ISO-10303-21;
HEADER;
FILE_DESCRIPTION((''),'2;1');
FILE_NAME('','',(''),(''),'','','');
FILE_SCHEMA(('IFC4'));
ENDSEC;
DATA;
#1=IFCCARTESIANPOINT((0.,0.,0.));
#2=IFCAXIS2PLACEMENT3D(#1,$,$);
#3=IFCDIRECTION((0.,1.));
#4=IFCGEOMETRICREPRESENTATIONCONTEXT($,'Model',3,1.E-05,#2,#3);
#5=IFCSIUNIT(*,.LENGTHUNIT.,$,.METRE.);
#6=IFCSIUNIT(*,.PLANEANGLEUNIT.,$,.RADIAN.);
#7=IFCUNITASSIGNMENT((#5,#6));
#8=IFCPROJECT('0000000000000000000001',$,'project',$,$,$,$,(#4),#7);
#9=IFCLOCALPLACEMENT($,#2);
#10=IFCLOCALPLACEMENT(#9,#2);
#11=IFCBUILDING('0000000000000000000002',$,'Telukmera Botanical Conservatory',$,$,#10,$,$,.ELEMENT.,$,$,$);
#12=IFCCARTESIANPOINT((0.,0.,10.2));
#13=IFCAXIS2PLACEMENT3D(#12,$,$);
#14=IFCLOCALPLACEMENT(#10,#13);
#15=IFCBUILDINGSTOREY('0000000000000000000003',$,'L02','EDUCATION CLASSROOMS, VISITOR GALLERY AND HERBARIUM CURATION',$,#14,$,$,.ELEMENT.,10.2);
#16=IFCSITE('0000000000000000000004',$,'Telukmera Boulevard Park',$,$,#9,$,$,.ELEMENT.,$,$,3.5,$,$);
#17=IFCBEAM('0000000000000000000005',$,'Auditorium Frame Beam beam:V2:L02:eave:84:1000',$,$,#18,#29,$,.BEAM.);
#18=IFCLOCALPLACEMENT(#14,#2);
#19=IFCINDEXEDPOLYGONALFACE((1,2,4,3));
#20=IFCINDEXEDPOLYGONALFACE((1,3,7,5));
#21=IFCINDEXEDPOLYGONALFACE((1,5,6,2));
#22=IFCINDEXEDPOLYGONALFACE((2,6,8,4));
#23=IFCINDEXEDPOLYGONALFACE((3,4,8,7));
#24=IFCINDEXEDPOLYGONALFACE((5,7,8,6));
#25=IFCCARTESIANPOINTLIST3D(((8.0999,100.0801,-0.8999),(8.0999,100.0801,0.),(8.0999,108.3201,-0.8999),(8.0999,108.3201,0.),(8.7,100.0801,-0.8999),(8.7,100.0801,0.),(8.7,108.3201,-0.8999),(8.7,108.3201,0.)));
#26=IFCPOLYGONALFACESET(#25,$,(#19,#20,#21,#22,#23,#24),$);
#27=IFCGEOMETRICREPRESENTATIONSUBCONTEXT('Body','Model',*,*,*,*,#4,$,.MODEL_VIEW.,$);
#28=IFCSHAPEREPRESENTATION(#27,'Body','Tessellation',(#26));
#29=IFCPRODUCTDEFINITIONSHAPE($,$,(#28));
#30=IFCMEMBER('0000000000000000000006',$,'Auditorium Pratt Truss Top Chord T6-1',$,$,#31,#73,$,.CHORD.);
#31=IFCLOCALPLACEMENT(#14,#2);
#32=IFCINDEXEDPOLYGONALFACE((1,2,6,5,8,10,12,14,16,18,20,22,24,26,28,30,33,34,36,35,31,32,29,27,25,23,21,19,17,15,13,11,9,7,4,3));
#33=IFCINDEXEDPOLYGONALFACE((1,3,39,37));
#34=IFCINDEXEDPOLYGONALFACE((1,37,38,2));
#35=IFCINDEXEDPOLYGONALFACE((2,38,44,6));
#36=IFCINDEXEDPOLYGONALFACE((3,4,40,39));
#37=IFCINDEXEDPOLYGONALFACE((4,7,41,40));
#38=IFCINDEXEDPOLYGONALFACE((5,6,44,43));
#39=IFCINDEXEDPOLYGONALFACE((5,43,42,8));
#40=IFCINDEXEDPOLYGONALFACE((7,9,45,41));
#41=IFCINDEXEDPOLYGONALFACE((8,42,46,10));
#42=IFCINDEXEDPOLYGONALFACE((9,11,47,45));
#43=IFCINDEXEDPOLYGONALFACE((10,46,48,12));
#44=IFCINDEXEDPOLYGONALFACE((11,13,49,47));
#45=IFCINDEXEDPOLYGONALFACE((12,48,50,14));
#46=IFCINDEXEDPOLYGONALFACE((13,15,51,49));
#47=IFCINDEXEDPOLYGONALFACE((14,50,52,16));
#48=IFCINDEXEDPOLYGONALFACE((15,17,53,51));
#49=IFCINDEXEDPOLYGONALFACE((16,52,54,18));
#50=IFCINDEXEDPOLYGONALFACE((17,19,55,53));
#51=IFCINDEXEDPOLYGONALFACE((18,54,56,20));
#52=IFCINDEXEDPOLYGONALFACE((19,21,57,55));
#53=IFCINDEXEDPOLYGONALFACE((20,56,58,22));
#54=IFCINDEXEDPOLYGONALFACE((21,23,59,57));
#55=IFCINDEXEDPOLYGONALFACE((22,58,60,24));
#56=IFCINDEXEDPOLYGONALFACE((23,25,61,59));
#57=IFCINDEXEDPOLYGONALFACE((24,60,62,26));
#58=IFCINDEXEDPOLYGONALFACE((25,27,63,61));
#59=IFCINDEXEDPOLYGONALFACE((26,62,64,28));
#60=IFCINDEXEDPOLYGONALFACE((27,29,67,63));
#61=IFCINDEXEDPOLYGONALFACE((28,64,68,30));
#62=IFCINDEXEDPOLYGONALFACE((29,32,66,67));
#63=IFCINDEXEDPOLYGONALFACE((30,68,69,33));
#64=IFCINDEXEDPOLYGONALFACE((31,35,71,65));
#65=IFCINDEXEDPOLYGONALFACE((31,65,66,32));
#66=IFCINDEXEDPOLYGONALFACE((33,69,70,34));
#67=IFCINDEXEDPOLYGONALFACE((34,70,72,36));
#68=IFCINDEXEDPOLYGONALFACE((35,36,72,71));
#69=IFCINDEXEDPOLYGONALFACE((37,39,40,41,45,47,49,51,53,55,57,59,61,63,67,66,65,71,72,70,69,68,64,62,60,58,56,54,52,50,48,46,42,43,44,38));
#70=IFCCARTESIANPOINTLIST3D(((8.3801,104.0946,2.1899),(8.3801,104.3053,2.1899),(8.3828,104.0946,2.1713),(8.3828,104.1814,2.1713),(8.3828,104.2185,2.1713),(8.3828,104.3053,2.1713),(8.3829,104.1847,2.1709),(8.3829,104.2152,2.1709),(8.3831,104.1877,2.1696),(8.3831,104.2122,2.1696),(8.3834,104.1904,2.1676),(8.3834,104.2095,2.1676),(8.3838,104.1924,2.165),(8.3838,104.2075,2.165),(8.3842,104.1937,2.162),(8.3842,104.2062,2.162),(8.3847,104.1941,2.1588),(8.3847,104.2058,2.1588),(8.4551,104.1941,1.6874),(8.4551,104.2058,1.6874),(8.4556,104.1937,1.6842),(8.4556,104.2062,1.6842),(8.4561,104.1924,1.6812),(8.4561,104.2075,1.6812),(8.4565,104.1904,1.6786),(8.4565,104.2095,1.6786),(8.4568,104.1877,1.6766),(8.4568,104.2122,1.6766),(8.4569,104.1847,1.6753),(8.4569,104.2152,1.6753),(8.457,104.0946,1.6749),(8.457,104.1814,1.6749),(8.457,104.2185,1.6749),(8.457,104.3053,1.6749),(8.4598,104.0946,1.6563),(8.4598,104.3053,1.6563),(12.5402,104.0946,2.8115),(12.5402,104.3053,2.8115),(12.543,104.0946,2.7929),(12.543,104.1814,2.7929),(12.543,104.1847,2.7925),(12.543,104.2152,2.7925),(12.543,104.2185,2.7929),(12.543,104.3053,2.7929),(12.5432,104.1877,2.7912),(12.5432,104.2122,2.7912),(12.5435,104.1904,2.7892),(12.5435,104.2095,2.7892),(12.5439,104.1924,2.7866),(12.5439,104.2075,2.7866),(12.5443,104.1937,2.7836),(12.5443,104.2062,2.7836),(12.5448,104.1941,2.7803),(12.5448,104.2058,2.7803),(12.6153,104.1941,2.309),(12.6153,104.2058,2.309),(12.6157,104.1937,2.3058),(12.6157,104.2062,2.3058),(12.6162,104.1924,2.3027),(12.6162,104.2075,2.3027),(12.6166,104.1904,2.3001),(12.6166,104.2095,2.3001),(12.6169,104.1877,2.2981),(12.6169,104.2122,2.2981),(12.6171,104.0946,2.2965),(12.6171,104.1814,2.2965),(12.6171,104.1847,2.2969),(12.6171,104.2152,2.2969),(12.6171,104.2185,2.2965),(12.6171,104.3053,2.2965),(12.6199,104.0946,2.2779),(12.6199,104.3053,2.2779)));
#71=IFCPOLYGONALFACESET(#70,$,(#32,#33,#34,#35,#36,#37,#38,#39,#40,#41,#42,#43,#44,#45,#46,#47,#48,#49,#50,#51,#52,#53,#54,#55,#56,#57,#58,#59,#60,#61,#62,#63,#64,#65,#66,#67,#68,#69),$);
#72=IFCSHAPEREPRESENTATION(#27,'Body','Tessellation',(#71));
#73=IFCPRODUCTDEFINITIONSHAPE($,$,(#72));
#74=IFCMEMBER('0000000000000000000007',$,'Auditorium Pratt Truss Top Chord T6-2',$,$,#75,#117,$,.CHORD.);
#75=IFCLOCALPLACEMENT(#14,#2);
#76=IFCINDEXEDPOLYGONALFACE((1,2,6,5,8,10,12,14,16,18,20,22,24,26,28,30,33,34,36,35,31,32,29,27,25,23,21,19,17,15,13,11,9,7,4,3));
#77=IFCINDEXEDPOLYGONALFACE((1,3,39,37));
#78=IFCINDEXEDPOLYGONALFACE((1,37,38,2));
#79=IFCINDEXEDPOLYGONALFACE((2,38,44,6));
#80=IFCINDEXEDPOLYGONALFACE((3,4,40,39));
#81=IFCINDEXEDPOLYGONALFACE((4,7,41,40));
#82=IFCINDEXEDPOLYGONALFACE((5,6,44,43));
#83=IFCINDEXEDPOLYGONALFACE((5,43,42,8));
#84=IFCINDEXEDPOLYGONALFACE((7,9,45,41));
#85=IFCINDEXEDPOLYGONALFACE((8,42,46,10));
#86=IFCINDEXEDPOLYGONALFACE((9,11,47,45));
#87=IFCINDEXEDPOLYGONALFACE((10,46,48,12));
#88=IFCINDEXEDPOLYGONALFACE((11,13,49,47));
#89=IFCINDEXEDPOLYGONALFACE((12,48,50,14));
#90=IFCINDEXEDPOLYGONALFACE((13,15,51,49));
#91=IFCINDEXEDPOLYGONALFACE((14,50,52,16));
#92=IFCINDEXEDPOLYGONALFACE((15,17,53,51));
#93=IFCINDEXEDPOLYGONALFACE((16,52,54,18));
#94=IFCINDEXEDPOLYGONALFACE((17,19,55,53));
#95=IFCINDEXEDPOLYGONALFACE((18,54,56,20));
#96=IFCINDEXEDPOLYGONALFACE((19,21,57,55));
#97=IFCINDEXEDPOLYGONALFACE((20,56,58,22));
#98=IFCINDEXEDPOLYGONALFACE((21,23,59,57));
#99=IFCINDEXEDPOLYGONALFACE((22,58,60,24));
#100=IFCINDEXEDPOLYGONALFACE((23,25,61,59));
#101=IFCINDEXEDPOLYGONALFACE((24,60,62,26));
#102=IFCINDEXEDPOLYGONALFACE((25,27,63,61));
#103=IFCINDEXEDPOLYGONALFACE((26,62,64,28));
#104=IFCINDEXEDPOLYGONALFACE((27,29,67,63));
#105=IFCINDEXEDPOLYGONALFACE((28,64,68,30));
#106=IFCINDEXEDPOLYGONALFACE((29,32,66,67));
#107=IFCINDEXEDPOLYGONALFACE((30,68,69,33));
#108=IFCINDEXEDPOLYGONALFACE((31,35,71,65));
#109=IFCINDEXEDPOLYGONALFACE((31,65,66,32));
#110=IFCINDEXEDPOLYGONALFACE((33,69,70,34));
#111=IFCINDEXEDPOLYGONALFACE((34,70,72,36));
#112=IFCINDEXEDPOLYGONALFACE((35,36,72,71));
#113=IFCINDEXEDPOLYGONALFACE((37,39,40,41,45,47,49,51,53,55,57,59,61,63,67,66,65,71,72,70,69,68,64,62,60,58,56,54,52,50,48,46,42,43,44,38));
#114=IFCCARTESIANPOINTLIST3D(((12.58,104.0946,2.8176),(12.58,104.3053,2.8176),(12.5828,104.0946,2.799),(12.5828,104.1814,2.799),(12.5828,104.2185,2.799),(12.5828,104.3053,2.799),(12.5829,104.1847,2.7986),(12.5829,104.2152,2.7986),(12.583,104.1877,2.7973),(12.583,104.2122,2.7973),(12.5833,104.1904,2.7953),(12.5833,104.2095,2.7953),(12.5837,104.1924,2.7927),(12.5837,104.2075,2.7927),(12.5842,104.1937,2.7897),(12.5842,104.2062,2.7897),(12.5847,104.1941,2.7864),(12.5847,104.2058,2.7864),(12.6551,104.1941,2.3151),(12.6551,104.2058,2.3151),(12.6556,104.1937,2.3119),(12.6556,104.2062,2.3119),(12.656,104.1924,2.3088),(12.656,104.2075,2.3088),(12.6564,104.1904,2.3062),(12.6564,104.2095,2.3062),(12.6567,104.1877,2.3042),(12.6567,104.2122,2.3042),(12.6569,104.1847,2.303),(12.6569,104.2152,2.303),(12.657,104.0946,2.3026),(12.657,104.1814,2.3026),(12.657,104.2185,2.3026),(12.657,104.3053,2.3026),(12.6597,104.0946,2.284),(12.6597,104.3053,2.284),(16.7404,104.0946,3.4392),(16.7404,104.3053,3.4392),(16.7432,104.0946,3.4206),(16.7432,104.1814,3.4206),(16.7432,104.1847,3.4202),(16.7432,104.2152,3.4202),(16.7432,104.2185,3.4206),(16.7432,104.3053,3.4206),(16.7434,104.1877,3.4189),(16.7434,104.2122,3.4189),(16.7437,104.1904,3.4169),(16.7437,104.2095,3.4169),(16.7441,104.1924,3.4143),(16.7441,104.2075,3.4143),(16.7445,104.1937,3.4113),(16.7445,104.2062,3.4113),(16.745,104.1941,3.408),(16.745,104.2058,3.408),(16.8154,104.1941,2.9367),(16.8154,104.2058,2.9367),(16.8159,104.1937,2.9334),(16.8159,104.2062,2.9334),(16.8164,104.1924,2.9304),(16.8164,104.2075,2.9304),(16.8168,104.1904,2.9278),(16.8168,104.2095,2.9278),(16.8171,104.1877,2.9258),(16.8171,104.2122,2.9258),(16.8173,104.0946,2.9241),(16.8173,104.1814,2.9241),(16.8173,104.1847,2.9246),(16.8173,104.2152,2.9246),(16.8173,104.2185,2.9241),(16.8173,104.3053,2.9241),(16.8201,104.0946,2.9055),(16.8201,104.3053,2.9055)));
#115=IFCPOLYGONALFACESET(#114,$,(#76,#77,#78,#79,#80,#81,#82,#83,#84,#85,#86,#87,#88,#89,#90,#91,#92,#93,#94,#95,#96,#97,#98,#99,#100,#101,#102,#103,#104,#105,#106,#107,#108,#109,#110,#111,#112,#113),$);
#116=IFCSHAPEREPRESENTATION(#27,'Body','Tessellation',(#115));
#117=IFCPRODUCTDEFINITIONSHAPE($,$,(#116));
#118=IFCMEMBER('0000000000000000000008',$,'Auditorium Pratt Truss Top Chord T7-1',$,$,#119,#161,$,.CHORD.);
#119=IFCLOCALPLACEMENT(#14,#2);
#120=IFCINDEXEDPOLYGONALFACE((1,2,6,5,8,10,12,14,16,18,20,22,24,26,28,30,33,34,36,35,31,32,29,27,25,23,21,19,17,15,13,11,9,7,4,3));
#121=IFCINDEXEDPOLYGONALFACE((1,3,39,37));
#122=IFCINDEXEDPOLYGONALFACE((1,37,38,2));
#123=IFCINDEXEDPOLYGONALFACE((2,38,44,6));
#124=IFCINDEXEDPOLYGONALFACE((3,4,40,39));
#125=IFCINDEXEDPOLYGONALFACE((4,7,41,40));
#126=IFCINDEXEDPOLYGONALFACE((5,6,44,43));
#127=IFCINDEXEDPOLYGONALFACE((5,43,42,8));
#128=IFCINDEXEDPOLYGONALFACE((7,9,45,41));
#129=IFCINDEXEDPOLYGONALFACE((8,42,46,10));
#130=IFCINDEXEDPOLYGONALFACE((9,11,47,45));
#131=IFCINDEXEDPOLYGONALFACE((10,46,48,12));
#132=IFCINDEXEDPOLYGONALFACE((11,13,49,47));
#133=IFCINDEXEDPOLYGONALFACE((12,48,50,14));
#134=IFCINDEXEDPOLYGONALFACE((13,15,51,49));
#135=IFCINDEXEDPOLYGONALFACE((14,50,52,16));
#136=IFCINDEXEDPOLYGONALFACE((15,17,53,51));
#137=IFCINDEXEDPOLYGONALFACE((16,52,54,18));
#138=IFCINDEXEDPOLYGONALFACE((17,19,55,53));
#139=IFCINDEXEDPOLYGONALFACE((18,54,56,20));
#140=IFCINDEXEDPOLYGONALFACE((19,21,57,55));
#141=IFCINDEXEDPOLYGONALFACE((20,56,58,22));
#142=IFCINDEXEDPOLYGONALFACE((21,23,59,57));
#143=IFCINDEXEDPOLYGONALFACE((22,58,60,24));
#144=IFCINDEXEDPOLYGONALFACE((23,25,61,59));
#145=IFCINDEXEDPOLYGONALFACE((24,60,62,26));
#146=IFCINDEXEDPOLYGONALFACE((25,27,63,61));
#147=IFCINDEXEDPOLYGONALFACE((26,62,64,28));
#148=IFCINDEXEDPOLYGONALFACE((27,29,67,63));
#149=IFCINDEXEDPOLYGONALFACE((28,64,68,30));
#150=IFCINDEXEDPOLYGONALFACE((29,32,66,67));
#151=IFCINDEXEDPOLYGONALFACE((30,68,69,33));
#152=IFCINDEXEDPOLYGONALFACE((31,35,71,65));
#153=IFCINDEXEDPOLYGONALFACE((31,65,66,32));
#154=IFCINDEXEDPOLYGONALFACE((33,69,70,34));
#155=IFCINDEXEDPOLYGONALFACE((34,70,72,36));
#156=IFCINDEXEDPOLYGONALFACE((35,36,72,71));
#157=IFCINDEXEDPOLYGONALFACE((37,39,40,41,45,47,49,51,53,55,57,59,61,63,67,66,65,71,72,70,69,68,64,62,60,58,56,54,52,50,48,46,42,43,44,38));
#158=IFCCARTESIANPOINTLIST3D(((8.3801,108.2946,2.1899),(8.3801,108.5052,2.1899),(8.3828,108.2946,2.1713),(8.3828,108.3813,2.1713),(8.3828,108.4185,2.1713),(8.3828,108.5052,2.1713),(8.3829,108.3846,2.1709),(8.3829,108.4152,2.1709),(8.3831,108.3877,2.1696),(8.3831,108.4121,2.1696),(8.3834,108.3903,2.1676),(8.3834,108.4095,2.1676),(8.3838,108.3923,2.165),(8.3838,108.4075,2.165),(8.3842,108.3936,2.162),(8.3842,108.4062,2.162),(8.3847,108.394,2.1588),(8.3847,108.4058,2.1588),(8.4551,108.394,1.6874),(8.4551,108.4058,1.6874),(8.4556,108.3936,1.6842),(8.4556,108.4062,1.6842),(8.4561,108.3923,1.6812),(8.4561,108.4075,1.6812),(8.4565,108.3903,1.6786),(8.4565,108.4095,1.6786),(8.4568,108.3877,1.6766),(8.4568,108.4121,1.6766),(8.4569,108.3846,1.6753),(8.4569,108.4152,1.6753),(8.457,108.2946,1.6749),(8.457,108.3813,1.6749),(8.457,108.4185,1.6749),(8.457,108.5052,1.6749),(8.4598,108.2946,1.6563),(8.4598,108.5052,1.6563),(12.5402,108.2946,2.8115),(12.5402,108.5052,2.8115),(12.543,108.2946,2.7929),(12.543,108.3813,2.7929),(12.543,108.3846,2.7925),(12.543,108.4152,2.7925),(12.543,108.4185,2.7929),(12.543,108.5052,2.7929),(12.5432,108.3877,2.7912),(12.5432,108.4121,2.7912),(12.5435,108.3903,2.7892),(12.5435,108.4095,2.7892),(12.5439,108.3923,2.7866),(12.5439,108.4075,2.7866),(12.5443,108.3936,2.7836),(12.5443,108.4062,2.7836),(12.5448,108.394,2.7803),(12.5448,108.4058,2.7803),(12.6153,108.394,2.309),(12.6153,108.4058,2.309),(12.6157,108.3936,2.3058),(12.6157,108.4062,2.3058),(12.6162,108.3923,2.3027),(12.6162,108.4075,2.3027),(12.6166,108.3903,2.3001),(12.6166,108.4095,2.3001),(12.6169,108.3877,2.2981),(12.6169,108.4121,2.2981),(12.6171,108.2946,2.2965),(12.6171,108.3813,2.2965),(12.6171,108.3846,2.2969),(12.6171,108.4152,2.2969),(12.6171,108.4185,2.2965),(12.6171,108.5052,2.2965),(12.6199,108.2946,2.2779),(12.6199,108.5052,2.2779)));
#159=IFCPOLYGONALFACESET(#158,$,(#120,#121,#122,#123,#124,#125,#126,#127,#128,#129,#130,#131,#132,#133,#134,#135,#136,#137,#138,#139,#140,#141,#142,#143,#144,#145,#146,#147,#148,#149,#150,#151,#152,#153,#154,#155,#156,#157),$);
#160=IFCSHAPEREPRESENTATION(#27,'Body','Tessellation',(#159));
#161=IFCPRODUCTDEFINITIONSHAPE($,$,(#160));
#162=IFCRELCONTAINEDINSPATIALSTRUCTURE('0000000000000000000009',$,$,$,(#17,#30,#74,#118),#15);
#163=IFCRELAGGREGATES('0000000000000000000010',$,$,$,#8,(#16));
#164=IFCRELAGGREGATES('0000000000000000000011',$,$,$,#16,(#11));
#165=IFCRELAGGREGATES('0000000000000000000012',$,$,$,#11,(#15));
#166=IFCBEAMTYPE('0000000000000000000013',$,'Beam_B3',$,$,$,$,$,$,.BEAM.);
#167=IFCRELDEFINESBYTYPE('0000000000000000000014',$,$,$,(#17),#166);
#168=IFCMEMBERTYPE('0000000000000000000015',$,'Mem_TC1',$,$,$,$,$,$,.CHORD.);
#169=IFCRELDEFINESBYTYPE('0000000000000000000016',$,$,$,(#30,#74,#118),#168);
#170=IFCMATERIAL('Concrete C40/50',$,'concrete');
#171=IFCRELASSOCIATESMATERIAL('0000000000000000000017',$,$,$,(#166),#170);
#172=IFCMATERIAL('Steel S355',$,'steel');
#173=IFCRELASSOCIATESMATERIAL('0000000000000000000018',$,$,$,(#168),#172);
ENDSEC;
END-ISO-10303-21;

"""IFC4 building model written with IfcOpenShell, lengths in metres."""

from ifc_helpers import new_model, si_unit, direction, frame, origin, origin_2d, place, context, subcontext, project, spatial, rectangle, i_section, extrude, material, material_profile, profile_set, type_object, element, save


model = new_model("IFC4")

# Units and contexts
model_context = context("Model", 3, precision=1e-05, world=origin(), true_north=direction((0.0, 1.0)))
body_context = subcontext(model_context, "Body", "Model", "MODEL_VIEW")
ifc_project = project(units=[si_unit("LENGTHUNIT", "METRE"), si_unit("PLANEANGLEUNIT", "RADIAN")], contexts=[model_context])

# Site, building, storey
site_placement = place(None, origin())
site = spatial("IfcSite", under=ifc_project, at=site_placement, Name="Telukmera Boulevard Park", CompositionType="ELEMENT", RefElevation=3.5)
building_placement = place(site_placement, origin())
building = spatial("IfcBuilding", under=site, at=building_placement, Name="Telukmera Botanical Conservatory", CompositionType="ELEMENT")
storey_placement = place(building_placement, frame((0.0, 0.0, 10.2)))
storey = spatial("IfcBuildingStorey", under=building, at=storey_placement, Name="L02", Description="EDUCATION CLASSROOMS, VISITOR GALLERY AND HERBARIUM CURATION", CompositionType="ELEMENT", Elevation=10.2)

# Beam
ifc_material_1 = material(Name="Concrete C40/50", Category="concrete")
ifc_material_profile_1 = material_profile(ifc_material_1, rectangle(XDim=0.6001, YDim=0.8999, at=origin_2d()), Name="RC 600x900")
ifc_profile_set_1 = profile_set([ifc_material_profile_1], Name="Concrete C40/50")
beam_type = type_object("IfcBeamType", Name="Beam_B3", PredefinedType="BEAM", material=ifc_profile_set_1)
beam_placement = place(storey_placement, frame((8.3999, 100.0801, -0.45), z_axis=(0.0, 1.0, 0.0), x_axis=(-1.0, 0.0, 0.0)))
element("IfcBeam", 1, at=beam_placement, inside=storey, type_object=beam_type, Name="Auditorium Frame Beam beam:V2:L02:eave:84:1000", PredefinedType="BEAM", context=body_context, shape_type="SweptSolid", body=[
    extrude(rectangle(XDim=0.6001, YDim=0.8999, at=origin_2d()), origin(), (0.0, 0.0, 1.0), 8.24),
])

# Members
ifc_material_2 = material(Name="Steel S355", Category="steel")
ifc_material_profile_2 = material_profile(ifc_material_2, i_section(OverallWidth=0.2107, OverallDepth=0.5396, WebThickness=0.0117, FlangeThickness=0.0188, FilletRadius=0.0127, at=origin_2d()), Name="UB 533x210x109")
ifc_profile_set_2 = profile_set([ifc_material_profile_2], Name="Steel S355")
member_type_1 = type_object("IfcMemberType", Name="Mem_TC1", PredefinedType="CHORD", material=ifc_profile_set_2)
member_1_placement = place(storey_placement, frame((8.4199, 104.2, 1.9231), z_axis=(0.989021, 0.0, 0.147773), x_axis=(0.0, 1.0, 0.0)))
element("IfcMember", 2, at=member_1_placement, inside=storey, type_object=member_type_1, Name="Auditorium Pratt Truss Top Chord T6-1", PredefinedType="CHORD", context=body_context, shape_type="SweptSolid", body=[
    extrude(i_section(OverallWidth=0.2107, OverallDepth=0.5396, WebThickness=0.0117, FlangeThickness=0.0188, FilletRadius=0.0127, at=origin_2d()), origin(), (0.0, 0.0, 1.0), 4.2063),
])
member_2_placement = place(storey_placement, frame((12.6199, 104.2, 2.5508), z_axis=(0.989023, 0.0, 0.147764), x_axis=(0.0, 1.0, 0.0)))
element("IfcMember", 3, at=member_2_placement, inside=storey, type_object=member_type_1, Name="Auditorium Pratt Truss Top Chord T6-2", PredefinedType="CHORD", context=body_context, shape_type="SweptSolid", body=[
    extrude(i_section(OverallWidth=0.2107, OverallDepth=0.5396, WebThickness=0.0117, FlangeThickness=0.0188, FilletRadius=0.0127, at=origin_2d()), origin(), (0.0, 0.0, 1.0), 4.2065),
])
member_3_placement = place(storey_placement, frame((8.4199, 108.3999, 1.9231), z_axis=(0.989021, 0.0, 0.147773), x_axis=(0.0, 1.0, 0.0)))
element("IfcMember", 4, at=member_3_placement, inside=storey, type_object=member_type_1, Name="Auditorium Pratt Truss Top Chord T7-1", PredefinedType="CHORD", context=body_context, shape_type="SweptSolid", body=[
    extrude(i_section(OverallWidth=0.2107, OverallDepth=0.5396, WebThickness=0.0117, FlangeThickness=0.0188, FilletRadius=0.0127, at=origin_2d()), origin(), (0.0, 0.0, 1.0), 4.2063),
])

save(model, "model.ifc")
